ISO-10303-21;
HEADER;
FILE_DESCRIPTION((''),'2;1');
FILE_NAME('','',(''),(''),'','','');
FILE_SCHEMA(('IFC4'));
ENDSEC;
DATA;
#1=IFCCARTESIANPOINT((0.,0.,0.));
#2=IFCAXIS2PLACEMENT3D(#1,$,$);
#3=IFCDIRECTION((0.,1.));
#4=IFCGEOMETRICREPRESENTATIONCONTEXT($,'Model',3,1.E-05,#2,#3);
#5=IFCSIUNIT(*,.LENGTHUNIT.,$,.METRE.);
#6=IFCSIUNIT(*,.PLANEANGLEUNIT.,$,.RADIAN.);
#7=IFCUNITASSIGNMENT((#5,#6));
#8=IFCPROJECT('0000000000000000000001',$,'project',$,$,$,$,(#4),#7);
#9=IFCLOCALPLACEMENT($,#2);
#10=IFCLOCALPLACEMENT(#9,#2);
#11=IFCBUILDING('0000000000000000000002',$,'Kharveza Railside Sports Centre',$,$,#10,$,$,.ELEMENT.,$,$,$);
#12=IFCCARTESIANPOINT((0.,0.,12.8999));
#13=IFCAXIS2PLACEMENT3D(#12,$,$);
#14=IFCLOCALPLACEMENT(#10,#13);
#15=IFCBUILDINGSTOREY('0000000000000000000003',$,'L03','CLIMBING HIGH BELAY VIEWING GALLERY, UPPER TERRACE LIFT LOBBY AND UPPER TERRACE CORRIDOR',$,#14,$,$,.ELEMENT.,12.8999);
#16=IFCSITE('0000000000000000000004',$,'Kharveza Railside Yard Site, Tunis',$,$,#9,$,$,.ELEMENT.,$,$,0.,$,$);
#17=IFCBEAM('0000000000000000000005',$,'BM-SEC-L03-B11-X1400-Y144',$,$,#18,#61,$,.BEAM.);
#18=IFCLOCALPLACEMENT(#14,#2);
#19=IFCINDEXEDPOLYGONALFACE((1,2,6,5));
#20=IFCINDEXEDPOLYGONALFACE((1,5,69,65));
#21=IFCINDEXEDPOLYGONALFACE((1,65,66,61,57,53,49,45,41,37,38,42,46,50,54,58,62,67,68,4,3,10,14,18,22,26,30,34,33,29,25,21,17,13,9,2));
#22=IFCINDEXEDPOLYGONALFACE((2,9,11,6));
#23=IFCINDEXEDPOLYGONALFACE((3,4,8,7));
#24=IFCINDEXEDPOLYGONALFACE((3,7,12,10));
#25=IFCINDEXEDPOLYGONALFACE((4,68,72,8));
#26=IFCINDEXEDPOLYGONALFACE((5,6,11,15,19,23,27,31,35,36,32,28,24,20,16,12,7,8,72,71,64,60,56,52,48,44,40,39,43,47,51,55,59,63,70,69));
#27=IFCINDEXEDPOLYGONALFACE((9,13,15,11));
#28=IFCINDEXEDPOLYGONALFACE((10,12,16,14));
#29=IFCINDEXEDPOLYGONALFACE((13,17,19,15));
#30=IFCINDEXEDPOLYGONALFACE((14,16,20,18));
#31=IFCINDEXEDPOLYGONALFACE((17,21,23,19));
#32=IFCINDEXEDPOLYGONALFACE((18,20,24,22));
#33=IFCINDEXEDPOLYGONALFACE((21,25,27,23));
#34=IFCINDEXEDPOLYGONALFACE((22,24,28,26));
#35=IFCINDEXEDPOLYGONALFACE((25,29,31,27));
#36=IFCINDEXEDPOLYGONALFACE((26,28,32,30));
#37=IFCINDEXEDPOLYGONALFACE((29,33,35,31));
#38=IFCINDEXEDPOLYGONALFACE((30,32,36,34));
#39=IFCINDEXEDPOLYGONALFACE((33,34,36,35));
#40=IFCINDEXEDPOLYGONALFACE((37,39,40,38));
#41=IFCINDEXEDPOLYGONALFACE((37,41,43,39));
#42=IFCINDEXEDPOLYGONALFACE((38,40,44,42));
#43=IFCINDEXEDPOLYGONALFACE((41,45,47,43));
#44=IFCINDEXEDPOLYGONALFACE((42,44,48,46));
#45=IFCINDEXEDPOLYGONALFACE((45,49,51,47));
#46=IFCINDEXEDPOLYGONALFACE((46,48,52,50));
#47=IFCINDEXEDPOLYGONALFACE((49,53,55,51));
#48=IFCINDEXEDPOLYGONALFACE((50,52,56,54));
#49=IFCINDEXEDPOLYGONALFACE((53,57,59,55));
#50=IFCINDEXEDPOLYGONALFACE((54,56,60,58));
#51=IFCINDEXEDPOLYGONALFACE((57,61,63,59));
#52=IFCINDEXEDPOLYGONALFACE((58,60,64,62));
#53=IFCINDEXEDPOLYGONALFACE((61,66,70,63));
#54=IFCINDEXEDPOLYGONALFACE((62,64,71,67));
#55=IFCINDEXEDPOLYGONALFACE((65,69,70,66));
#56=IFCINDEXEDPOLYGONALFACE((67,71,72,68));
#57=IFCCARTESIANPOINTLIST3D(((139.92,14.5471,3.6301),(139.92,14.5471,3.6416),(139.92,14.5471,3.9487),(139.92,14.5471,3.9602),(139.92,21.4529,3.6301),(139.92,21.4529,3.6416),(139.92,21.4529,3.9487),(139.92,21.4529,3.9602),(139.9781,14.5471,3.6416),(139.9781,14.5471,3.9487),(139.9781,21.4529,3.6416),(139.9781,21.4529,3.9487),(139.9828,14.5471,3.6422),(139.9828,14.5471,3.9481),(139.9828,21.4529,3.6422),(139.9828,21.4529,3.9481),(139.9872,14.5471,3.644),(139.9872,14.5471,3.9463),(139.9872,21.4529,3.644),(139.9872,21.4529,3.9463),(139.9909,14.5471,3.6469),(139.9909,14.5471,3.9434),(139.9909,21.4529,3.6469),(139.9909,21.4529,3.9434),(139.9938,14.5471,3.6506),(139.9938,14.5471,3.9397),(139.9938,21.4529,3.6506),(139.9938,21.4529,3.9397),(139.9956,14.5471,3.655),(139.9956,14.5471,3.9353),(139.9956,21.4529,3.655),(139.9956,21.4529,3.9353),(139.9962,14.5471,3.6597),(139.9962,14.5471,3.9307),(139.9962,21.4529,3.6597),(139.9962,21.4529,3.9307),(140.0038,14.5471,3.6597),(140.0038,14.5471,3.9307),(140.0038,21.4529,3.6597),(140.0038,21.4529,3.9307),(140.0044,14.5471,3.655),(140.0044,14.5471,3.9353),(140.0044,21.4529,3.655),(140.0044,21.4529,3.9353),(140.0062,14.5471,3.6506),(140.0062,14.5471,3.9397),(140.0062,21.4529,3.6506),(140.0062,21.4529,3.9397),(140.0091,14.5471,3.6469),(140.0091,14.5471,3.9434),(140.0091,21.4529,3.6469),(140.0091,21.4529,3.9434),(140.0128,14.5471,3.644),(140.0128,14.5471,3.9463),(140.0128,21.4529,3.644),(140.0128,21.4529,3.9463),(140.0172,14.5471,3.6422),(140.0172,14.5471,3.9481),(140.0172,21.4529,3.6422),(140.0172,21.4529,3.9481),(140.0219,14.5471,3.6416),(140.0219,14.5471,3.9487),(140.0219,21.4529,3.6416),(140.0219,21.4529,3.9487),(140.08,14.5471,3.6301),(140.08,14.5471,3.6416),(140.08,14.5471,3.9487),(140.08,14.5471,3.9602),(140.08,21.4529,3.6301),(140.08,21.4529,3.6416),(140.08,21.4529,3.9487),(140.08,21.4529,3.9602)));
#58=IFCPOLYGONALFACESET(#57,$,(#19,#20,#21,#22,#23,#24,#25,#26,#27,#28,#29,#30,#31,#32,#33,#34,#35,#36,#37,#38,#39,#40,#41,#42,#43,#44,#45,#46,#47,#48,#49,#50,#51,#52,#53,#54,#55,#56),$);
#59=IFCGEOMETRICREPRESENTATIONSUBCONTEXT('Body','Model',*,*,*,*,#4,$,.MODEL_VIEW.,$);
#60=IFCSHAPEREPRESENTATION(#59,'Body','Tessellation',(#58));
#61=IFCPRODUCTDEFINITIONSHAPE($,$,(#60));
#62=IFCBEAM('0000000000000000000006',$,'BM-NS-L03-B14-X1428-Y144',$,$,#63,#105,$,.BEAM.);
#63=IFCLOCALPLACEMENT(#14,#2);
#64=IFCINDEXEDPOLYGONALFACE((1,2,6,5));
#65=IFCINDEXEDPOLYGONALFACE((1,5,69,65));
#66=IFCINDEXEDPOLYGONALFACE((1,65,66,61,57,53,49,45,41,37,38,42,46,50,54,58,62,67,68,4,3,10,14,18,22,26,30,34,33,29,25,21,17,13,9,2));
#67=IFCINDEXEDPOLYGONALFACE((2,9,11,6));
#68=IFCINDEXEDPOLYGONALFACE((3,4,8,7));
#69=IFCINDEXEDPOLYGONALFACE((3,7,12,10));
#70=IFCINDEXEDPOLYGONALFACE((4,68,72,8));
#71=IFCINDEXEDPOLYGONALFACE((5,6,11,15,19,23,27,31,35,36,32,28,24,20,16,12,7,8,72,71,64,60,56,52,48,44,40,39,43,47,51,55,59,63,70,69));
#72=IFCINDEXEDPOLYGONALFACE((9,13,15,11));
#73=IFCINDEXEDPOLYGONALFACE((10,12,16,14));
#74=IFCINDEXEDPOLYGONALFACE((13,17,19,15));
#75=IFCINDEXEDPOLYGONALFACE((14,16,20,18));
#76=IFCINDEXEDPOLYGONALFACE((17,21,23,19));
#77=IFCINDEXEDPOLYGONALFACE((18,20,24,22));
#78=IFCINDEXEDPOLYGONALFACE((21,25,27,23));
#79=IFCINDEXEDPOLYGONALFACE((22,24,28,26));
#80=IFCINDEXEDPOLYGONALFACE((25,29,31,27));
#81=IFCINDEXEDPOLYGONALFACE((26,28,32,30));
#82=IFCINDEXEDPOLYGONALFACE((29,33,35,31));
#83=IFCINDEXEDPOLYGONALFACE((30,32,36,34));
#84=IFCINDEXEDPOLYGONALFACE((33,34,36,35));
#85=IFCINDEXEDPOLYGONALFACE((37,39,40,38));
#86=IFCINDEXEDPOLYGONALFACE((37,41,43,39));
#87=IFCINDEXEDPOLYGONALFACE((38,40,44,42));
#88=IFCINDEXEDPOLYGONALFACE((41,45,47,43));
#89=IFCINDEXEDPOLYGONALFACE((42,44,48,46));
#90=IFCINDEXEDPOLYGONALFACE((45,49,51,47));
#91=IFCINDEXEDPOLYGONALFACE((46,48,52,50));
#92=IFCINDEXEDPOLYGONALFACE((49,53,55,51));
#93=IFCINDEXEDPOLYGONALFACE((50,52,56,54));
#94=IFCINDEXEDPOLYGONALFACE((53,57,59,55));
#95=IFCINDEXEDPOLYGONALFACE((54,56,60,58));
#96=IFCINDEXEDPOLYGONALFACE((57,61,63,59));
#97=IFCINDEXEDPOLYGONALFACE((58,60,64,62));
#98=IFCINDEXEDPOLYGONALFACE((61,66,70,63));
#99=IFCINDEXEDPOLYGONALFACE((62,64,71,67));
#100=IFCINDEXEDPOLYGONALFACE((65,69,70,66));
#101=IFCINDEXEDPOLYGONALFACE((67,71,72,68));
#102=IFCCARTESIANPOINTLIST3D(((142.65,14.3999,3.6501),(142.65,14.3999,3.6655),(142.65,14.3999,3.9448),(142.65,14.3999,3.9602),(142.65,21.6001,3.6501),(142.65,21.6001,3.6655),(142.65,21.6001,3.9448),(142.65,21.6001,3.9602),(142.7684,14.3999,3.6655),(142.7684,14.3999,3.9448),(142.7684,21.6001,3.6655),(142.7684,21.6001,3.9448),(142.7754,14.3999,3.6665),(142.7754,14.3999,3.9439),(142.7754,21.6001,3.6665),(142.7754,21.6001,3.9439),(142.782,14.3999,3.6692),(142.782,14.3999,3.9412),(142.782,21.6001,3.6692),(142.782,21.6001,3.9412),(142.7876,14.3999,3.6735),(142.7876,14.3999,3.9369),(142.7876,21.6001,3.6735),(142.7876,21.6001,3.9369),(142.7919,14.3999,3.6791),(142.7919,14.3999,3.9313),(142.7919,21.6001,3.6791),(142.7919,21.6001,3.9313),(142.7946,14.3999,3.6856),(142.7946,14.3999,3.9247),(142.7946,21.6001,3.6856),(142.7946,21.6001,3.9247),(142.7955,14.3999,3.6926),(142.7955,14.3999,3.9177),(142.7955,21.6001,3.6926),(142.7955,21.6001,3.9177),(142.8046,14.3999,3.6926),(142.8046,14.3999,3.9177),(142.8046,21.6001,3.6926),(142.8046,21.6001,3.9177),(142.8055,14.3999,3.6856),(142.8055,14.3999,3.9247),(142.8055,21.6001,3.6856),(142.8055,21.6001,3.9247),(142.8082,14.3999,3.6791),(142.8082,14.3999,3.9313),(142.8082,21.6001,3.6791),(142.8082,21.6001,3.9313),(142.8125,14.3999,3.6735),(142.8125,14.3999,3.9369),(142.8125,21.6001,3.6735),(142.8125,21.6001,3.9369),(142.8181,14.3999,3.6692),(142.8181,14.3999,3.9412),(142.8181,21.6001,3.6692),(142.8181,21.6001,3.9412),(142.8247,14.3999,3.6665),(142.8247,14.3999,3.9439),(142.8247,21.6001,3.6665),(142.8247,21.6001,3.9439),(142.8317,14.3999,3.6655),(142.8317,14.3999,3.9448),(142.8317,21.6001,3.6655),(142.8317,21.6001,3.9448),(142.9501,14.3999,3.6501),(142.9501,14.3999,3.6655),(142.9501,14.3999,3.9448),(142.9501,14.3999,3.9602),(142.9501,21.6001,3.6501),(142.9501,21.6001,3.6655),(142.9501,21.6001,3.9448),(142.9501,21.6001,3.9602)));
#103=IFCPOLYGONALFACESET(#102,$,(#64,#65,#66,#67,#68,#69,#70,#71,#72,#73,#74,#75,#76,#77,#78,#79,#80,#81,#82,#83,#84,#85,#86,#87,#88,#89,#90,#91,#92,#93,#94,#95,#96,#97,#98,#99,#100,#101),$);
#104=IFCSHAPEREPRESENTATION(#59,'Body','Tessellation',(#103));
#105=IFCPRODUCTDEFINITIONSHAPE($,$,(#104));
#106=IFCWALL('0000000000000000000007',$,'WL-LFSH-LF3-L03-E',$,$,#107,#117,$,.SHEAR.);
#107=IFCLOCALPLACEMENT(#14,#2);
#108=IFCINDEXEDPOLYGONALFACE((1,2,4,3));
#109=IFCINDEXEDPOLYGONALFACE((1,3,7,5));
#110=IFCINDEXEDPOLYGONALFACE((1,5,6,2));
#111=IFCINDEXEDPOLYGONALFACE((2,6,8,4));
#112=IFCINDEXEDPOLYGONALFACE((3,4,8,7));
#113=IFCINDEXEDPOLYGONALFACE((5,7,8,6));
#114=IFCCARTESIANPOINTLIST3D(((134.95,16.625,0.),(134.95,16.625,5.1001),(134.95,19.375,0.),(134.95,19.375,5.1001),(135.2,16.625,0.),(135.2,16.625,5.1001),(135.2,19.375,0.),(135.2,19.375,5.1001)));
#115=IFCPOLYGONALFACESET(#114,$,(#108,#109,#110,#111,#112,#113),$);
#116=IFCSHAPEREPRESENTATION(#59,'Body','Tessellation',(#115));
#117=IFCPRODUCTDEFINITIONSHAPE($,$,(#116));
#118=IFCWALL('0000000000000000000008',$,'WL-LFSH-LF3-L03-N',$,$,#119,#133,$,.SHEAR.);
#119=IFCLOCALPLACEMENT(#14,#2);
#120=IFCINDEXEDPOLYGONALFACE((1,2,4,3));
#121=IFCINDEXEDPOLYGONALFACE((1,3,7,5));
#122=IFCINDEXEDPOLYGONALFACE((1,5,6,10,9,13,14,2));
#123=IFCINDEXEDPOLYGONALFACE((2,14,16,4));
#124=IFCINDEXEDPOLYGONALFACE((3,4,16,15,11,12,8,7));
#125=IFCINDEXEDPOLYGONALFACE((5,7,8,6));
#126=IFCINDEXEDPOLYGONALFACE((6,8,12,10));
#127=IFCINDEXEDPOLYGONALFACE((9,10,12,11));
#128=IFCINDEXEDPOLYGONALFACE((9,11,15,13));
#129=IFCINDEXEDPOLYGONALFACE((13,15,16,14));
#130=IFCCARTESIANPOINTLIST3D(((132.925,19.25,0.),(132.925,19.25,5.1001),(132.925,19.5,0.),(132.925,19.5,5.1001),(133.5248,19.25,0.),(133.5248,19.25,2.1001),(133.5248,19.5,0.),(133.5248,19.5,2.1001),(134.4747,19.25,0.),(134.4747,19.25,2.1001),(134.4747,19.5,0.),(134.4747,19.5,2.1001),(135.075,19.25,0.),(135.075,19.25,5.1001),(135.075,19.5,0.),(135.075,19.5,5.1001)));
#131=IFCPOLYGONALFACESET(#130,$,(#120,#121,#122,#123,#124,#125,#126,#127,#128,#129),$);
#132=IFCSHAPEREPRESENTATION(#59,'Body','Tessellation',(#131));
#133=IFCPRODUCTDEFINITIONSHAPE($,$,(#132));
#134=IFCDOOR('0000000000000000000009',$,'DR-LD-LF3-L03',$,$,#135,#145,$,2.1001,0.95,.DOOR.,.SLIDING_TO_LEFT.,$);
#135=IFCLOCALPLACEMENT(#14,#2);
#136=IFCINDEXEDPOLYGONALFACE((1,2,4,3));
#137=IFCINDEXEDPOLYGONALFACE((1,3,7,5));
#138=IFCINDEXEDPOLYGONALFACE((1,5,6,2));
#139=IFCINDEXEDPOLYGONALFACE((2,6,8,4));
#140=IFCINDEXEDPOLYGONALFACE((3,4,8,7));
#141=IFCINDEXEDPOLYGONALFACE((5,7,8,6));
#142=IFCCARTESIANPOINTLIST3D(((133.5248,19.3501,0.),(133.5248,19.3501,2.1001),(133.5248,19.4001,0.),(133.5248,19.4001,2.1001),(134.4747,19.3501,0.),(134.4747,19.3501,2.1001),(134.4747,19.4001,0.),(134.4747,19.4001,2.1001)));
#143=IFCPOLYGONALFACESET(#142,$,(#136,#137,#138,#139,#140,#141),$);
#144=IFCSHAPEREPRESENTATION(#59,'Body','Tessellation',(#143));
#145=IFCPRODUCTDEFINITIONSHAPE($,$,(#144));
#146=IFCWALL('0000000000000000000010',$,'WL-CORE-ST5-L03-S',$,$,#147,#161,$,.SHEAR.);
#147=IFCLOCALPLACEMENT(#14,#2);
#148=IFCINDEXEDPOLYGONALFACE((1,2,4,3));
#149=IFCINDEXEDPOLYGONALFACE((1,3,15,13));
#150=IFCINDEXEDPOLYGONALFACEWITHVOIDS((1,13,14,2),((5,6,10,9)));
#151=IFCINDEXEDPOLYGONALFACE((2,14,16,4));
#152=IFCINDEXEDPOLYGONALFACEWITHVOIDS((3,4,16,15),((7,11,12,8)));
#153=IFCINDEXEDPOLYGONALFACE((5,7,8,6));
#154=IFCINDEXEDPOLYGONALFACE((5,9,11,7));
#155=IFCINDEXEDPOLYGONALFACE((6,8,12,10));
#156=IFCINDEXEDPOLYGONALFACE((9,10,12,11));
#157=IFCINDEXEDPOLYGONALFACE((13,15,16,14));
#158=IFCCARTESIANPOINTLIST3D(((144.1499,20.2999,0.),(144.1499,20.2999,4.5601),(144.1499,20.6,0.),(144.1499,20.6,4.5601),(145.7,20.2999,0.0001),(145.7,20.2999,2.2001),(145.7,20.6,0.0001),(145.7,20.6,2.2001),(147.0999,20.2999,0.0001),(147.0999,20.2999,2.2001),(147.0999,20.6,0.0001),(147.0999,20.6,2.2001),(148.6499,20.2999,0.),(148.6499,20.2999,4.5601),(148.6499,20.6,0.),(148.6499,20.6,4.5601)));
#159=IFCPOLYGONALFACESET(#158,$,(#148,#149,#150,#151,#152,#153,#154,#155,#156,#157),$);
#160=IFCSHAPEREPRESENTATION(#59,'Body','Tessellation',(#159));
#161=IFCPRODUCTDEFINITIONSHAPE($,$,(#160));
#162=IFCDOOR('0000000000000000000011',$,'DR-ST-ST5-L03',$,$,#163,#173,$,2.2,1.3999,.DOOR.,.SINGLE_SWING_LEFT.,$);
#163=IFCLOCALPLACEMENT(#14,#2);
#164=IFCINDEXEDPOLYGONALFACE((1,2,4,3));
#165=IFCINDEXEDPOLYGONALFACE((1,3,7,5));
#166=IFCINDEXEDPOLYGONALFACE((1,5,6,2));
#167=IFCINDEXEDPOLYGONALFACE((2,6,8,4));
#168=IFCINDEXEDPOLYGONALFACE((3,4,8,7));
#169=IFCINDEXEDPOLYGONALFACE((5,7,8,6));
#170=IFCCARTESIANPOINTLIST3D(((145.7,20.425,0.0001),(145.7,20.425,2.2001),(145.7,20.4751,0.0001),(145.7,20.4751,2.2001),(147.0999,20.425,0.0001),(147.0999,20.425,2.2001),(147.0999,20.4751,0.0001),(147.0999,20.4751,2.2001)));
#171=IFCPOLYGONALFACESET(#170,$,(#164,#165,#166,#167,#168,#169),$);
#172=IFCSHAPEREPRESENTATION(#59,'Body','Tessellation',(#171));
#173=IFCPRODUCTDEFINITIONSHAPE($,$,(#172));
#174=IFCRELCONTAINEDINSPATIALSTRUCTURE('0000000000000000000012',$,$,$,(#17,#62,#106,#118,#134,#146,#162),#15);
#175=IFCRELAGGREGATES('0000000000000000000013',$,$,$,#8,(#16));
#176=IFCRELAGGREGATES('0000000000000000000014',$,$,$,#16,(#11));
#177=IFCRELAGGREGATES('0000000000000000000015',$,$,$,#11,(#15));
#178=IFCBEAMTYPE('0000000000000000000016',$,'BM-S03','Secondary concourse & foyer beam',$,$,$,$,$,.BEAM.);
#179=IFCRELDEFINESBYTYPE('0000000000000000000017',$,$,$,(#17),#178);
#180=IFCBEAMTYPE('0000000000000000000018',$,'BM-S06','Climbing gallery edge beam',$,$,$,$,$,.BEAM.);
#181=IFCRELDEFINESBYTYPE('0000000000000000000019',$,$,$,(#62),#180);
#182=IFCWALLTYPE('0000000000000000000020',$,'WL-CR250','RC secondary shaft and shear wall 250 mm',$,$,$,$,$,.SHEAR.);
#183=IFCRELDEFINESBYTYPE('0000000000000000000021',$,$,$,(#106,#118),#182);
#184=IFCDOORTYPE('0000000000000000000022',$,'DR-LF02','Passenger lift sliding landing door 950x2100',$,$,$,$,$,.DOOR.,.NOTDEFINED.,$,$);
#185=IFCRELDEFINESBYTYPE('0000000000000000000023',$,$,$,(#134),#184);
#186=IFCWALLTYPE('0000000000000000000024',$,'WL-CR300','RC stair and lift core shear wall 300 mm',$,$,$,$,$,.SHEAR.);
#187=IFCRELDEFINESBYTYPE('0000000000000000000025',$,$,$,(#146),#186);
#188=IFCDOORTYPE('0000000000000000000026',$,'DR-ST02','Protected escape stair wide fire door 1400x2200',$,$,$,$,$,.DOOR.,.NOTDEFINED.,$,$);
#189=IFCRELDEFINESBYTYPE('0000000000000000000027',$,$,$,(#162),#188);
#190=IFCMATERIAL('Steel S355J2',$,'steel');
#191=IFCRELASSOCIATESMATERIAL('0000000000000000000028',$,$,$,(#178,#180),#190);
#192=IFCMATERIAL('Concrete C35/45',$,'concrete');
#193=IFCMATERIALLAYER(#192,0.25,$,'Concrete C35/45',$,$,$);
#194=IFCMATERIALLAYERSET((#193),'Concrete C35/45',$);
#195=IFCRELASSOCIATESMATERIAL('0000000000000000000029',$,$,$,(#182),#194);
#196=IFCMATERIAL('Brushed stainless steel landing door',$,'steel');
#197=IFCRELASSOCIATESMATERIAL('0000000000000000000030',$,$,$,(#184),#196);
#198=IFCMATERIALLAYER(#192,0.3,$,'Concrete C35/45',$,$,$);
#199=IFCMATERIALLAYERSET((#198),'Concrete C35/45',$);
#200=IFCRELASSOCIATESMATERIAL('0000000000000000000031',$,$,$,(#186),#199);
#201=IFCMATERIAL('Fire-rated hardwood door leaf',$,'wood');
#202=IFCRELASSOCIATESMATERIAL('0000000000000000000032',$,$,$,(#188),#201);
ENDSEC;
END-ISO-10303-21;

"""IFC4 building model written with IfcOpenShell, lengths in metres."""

from ifc_helpers import new_model, si_unit, direction, frame, frame_2d, origin, origin_2d, place, context, subcontext, project, spatial, rectangle, i_section, extrude, material, layer, layer_set, material_profile, profile_set, type_object, element, fill, save


model = new_model("IFC4")

# Units and contexts
model_context = context("Model", 3, precision=1e-05, world=origin(), true_north=direction((0.0, 1.0)))
body_context = subcontext(model_context, "Body", "Model", "MODEL_VIEW")
ifc_project = project(units=[si_unit("LENGTHUNIT", "METRE"), si_unit("PLANEANGLEUNIT", "RADIAN")], contexts=[model_context])

# Site, building, storey
site_placement = place(None, origin())
site = spatial("IfcSite", under=ifc_project, at=site_placement, Name="Kharveza Railside Yard Site, Tunis", CompositionType="ELEMENT", RefElevation=0.0)
building_placement = place(site_placement, origin())
building = spatial("IfcBuilding", under=site, at=building_placement, Name="Kharveza Railside Sports Centre", CompositionType="ELEMENT")
storey_placement = place(building_placement, frame((0.0, 0.0, 12.8999)))
storey = spatial("IfcBuildingStorey", under=building, at=storey_placement, Name="L03", Description="CLIMBING HIGH BELAY VIEWING GALLERY, UPPER TERRACE LIFT LOBBY AND UPPER TERRACE CORRIDOR", CompositionType="ELEMENT", Elevation=12.8999)

# Shared definitions
ifc_material_1 = material(Name="Steel S355J2", Category="steel")

# Beams
ifc_material_profile_1 = material_profile(ifc_material_1, i_section(OverallWidth=0.1599, OverallDepth=0.3301, WebThickness=0.0076, FlangeThickness=0.0115, FilletRadius=0.0181, at=origin_2d()), Name="IPE 330")
ifc_profile_set_1 = profile_set([ifc_material_profile_1], Name="Steel S355J2")
beam_type_1 = type_object("IfcBeamType", Name="BM-S03", Description="Secondary concourse & foyer beam", PredefinedType="BEAM", material=ifc_profile_set_1)
beam_1_placement = place(storey_placement, frame((140.0, 14.5471, 3.7952), z_axis=(0.0, 1.0, 0.0), x_axis=(-1.0, 0.0, 0.0)))
element("IfcBeam", 1, at=beam_1_placement, inside=storey, type_object=beam_type_1, Name="BM-SEC-L03-B11-X1400-Y144", PredefinedType="BEAM", context=body_context, shape_type="SweptSolid", body=[
    extrude(i_section(OverallWidth=0.1599, OverallDepth=0.3301, WebThickness=0.0076, FlangeThickness=0.0115, FilletRadius=0.0181, at=origin_2d()), origin(), (0.0, 0.0, 1.0), 6.9058),
])
ifc_material_profile_2 = material_profile(ifc_material_1, i_section(OverallWidth=0.3, OverallDepth=0.3101, WebThickness=0.009, FlangeThickness=0.0154, FilletRadius=0.0271, at=origin_2d()), Name="HEA 320")
ifc_profile_set_2 = profile_set([ifc_material_profile_2], Name="Steel S355J2")
beam_type_2 = type_object("IfcBeamType", Name="BM-S06", Description="Climbing gallery edge beam", PredefinedType="BEAM", material=ifc_profile_set_2)
beam_2_placement = place(storey_placement, frame((142.8, 14.3999, 3.8052), z_axis=(0.0, 1.0, 0.0), x_axis=(-1.0, 0.0, 0.0)))
element("IfcBeam", 2, at=beam_2_placement, inside=storey, type_object=beam_type_2, Name="BM-NS-L03-B14-X1428-Y144", PredefinedType="BEAM", context=body_context, shape_type="SweptSolid", body=[
    extrude(i_section(OverallWidth=0.3, OverallDepth=0.3101, WebThickness=0.009, FlangeThickness=0.0154, FilletRadius=0.0271, at=origin_2d()), origin(), (0.0, 0.0, 1.0), 7.2002),
])

# Wall
ifc_material_2 = material(Name="Concrete C35/45", Category="concrete")
ifc_layer_1 = layer(ifc_material_2, 0.25, Name="Concrete C35/45")
ifc_layer_set_1 = layer_set([ifc_layer_1], Name="Concrete C35/45")
wall_type_1 = type_object("IfcWallType", Name="WL-CR250", Description="RC secondary shaft and shear wall 250 mm", PredefinedType="SHEAR", material=ifc_layer_set_1)
wall_1_placement = place(storey_placement, frame((135.075, 16.625, 0.0), z_axis=(0.0, 0.0, 1.0), x_axis=(0.0, 1.0, 0.0)))
element("IfcWall", 3, at=wall_1_placement, inside=storey, type_object=wall_type_1, Name="WL-LFSH-LF3-L03-E", PredefinedType="SHEAR", context=body_context, shape_type="SweptSolid", body=[
    extrude(rectangle(XDim=2.75, YDim=0.25, at=frame_2d((1.375, 0.0))), origin(), (0.0, 0.0, 1.0), 5.1001),
])

# Walls, openings, doors
wall_2_placement = place(storey_placement, frame((135.075, 19.375, 0.0), z_axis=(0.0, 0.0, 1.0), x_axis=(-1.0, 0.0, 0.0)))
wall_2 = element("IfcWall", 4, at=wall_2_placement, inside=storey, type_object=wall_type_1, Name="WL-LFSH-LF3-L03-N", PredefinedType="SHEAR", context=body_context, shape_type="SweptSolid", body=[
    extrude(rectangle(XDim=2.1499, YDim=0.25, at=frame_2d((1.075, 0.0))), origin(), (0.0, 0.0, 1.0), 5.1001),
])
opening_1_placement = place(wall_2_placement, frame((0.6001, 0.0, 0.0)))
opening_1 = element("IfcOpeningElement", 5, at=opening_1_placement, cuts=wall_2, PredefinedType="OPENING", context=body_context, shape_type="SweptSolid", body=[
    extrude(rectangle(XDim=0.95, YDim=2.1001, at=frame_2d((0.4751, 1.05))), frame((0.0, 0.1499, 0.0), z_axis=(0.0, -1.0, 0.0), x_axis=(1.0, 0.0, 0.0)), (0.0, 0.0, 1.0), 0.2998),
])
ifc_material_3 = material(Name="Brushed stainless steel landing door", Category="steel")
door_type_1 = type_object("IfcDoorType", Name="DR-LF02", Description="Passenger lift sliding landing door 950x2100", OperationType="NOTDEFINED", PredefinedType="DOOR", material=ifc_material_3)
door_1_placement = place(opening_1_placement, origin())
door_1 = element("IfcDoor", 6, at=door_1_placement, inside=storey, type_object=door_type_1, Name="DR-LD-LF3-L03", OperationType="SLIDING_TO_LEFT", OverallHeight=2.1001, OverallWidth=0.95, PredefinedType="DOOR", context=body_context, shape_type="SweptSolid", body=[
    extrude(rectangle(XDim=0.95, YDim=2.1001, at=frame_2d((0.4751, 1.05))), frame((0.0, 0.0249, 0.0), z_axis=(0.0, -1.0, 0.0), x_axis=(1.0, 0.0, 0.0)), (0.0, 0.0, 1.0), 0.05),
])
fill(opening_1, door_1)
ifc_layer_2 = layer(ifc_material_2, 0.3, Name="Concrete C35/45")
ifc_layer_set_2 = layer_set([ifc_layer_2], Name="Concrete C35/45")
wall_type_2 = type_object("IfcWallType", Name="WL-CR300", Description="RC stair and lift core shear wall 300 mm", PredefinedType="SHEAR", material=ifc_layer_set_2)
wall_3_placement = place(storey_placement, frame((144.1499, 20.45, 0.0), z_axis=(0.0, 0.0, 1.0), x_axis=(1.0, 0.0, 0.0)))
wall_3 = element("IfcWall", 7, at=wall_3_placement, inside=storey, type_object=wall_type_2, Name="WL-CORE-ST5-L03-S", PredefinedType="SHEAR", context=body_context, shape_type="SweptSolid", body=[
    extrude(rectangle(XDim=4.5, YDim=0.3, at=frame_2d((2.25, 0.0))), origin(), (0.0, 0.0, 1.0), 4.5601),
])
opening_2_placement = place(wall_3_placement, frame((1.55, 0.0, 0.0)))
opening_2 = element("IfcOpeningElement", 8, at=opening_2_placement, cuts=wall_3, PredefinedType="OPENING", context=body_context, shape_type="SweptSolid", body=[
    extrude(rectangle(XDim=1.3999, YDim=2.2, at=frame_2d((0.7, 1.1001))), frame((0.0, 0.1748, 0.0), z_axis=(0.0, -1.0, 0.0), x_axis=(1.0, 0.0, 0.0)), (0.0, 0.0, 1.0), 0.3499),
])
ifc_material_4 = material(Name="Fire-rated hardwood door leaf", Category="wood")
door_type_2 = type_object("IfcDoorType", Name="DR-ST02", Description="Protected escape stair wide fire door 1400x2200", OperationType="NOTDEFINED", PredefinedType="DOOR", material=ifc_material_4)
door_2_placement = place(opening_2_placement, frame((1.3999, 0.0, 0.0), z_axis=(0.0, 0.0, 1.0), x_axis=(-1.0, 0.0, 0.0)))
door_2 = element("IfcDoor", 9, at=door_2_placement, inside=storey, type_object=door_type_2, Name="DR-ST-ST5-L03", OperationType="SINGLE_SWING_LEFT", OverallHeight=2.2, OverallWidth=1.3999, PredefinedType="DOOR", context=body_context, shape_type="SweptSolid", body=[
    extrude(rectangle(XDim=1.3999, YDim=2.2, at=frame_2d((0.7, 1.1001))), frame((0.0, 0.0249, 0.0), z_axis=(0.0, -1.0, 0.0), x_axis=(1.0, 0.0, 0.0)), (0.0, 0.0, 1.0), 0.05),
])
fill(opening_2, door_2)

save(model, "model.ifc")
